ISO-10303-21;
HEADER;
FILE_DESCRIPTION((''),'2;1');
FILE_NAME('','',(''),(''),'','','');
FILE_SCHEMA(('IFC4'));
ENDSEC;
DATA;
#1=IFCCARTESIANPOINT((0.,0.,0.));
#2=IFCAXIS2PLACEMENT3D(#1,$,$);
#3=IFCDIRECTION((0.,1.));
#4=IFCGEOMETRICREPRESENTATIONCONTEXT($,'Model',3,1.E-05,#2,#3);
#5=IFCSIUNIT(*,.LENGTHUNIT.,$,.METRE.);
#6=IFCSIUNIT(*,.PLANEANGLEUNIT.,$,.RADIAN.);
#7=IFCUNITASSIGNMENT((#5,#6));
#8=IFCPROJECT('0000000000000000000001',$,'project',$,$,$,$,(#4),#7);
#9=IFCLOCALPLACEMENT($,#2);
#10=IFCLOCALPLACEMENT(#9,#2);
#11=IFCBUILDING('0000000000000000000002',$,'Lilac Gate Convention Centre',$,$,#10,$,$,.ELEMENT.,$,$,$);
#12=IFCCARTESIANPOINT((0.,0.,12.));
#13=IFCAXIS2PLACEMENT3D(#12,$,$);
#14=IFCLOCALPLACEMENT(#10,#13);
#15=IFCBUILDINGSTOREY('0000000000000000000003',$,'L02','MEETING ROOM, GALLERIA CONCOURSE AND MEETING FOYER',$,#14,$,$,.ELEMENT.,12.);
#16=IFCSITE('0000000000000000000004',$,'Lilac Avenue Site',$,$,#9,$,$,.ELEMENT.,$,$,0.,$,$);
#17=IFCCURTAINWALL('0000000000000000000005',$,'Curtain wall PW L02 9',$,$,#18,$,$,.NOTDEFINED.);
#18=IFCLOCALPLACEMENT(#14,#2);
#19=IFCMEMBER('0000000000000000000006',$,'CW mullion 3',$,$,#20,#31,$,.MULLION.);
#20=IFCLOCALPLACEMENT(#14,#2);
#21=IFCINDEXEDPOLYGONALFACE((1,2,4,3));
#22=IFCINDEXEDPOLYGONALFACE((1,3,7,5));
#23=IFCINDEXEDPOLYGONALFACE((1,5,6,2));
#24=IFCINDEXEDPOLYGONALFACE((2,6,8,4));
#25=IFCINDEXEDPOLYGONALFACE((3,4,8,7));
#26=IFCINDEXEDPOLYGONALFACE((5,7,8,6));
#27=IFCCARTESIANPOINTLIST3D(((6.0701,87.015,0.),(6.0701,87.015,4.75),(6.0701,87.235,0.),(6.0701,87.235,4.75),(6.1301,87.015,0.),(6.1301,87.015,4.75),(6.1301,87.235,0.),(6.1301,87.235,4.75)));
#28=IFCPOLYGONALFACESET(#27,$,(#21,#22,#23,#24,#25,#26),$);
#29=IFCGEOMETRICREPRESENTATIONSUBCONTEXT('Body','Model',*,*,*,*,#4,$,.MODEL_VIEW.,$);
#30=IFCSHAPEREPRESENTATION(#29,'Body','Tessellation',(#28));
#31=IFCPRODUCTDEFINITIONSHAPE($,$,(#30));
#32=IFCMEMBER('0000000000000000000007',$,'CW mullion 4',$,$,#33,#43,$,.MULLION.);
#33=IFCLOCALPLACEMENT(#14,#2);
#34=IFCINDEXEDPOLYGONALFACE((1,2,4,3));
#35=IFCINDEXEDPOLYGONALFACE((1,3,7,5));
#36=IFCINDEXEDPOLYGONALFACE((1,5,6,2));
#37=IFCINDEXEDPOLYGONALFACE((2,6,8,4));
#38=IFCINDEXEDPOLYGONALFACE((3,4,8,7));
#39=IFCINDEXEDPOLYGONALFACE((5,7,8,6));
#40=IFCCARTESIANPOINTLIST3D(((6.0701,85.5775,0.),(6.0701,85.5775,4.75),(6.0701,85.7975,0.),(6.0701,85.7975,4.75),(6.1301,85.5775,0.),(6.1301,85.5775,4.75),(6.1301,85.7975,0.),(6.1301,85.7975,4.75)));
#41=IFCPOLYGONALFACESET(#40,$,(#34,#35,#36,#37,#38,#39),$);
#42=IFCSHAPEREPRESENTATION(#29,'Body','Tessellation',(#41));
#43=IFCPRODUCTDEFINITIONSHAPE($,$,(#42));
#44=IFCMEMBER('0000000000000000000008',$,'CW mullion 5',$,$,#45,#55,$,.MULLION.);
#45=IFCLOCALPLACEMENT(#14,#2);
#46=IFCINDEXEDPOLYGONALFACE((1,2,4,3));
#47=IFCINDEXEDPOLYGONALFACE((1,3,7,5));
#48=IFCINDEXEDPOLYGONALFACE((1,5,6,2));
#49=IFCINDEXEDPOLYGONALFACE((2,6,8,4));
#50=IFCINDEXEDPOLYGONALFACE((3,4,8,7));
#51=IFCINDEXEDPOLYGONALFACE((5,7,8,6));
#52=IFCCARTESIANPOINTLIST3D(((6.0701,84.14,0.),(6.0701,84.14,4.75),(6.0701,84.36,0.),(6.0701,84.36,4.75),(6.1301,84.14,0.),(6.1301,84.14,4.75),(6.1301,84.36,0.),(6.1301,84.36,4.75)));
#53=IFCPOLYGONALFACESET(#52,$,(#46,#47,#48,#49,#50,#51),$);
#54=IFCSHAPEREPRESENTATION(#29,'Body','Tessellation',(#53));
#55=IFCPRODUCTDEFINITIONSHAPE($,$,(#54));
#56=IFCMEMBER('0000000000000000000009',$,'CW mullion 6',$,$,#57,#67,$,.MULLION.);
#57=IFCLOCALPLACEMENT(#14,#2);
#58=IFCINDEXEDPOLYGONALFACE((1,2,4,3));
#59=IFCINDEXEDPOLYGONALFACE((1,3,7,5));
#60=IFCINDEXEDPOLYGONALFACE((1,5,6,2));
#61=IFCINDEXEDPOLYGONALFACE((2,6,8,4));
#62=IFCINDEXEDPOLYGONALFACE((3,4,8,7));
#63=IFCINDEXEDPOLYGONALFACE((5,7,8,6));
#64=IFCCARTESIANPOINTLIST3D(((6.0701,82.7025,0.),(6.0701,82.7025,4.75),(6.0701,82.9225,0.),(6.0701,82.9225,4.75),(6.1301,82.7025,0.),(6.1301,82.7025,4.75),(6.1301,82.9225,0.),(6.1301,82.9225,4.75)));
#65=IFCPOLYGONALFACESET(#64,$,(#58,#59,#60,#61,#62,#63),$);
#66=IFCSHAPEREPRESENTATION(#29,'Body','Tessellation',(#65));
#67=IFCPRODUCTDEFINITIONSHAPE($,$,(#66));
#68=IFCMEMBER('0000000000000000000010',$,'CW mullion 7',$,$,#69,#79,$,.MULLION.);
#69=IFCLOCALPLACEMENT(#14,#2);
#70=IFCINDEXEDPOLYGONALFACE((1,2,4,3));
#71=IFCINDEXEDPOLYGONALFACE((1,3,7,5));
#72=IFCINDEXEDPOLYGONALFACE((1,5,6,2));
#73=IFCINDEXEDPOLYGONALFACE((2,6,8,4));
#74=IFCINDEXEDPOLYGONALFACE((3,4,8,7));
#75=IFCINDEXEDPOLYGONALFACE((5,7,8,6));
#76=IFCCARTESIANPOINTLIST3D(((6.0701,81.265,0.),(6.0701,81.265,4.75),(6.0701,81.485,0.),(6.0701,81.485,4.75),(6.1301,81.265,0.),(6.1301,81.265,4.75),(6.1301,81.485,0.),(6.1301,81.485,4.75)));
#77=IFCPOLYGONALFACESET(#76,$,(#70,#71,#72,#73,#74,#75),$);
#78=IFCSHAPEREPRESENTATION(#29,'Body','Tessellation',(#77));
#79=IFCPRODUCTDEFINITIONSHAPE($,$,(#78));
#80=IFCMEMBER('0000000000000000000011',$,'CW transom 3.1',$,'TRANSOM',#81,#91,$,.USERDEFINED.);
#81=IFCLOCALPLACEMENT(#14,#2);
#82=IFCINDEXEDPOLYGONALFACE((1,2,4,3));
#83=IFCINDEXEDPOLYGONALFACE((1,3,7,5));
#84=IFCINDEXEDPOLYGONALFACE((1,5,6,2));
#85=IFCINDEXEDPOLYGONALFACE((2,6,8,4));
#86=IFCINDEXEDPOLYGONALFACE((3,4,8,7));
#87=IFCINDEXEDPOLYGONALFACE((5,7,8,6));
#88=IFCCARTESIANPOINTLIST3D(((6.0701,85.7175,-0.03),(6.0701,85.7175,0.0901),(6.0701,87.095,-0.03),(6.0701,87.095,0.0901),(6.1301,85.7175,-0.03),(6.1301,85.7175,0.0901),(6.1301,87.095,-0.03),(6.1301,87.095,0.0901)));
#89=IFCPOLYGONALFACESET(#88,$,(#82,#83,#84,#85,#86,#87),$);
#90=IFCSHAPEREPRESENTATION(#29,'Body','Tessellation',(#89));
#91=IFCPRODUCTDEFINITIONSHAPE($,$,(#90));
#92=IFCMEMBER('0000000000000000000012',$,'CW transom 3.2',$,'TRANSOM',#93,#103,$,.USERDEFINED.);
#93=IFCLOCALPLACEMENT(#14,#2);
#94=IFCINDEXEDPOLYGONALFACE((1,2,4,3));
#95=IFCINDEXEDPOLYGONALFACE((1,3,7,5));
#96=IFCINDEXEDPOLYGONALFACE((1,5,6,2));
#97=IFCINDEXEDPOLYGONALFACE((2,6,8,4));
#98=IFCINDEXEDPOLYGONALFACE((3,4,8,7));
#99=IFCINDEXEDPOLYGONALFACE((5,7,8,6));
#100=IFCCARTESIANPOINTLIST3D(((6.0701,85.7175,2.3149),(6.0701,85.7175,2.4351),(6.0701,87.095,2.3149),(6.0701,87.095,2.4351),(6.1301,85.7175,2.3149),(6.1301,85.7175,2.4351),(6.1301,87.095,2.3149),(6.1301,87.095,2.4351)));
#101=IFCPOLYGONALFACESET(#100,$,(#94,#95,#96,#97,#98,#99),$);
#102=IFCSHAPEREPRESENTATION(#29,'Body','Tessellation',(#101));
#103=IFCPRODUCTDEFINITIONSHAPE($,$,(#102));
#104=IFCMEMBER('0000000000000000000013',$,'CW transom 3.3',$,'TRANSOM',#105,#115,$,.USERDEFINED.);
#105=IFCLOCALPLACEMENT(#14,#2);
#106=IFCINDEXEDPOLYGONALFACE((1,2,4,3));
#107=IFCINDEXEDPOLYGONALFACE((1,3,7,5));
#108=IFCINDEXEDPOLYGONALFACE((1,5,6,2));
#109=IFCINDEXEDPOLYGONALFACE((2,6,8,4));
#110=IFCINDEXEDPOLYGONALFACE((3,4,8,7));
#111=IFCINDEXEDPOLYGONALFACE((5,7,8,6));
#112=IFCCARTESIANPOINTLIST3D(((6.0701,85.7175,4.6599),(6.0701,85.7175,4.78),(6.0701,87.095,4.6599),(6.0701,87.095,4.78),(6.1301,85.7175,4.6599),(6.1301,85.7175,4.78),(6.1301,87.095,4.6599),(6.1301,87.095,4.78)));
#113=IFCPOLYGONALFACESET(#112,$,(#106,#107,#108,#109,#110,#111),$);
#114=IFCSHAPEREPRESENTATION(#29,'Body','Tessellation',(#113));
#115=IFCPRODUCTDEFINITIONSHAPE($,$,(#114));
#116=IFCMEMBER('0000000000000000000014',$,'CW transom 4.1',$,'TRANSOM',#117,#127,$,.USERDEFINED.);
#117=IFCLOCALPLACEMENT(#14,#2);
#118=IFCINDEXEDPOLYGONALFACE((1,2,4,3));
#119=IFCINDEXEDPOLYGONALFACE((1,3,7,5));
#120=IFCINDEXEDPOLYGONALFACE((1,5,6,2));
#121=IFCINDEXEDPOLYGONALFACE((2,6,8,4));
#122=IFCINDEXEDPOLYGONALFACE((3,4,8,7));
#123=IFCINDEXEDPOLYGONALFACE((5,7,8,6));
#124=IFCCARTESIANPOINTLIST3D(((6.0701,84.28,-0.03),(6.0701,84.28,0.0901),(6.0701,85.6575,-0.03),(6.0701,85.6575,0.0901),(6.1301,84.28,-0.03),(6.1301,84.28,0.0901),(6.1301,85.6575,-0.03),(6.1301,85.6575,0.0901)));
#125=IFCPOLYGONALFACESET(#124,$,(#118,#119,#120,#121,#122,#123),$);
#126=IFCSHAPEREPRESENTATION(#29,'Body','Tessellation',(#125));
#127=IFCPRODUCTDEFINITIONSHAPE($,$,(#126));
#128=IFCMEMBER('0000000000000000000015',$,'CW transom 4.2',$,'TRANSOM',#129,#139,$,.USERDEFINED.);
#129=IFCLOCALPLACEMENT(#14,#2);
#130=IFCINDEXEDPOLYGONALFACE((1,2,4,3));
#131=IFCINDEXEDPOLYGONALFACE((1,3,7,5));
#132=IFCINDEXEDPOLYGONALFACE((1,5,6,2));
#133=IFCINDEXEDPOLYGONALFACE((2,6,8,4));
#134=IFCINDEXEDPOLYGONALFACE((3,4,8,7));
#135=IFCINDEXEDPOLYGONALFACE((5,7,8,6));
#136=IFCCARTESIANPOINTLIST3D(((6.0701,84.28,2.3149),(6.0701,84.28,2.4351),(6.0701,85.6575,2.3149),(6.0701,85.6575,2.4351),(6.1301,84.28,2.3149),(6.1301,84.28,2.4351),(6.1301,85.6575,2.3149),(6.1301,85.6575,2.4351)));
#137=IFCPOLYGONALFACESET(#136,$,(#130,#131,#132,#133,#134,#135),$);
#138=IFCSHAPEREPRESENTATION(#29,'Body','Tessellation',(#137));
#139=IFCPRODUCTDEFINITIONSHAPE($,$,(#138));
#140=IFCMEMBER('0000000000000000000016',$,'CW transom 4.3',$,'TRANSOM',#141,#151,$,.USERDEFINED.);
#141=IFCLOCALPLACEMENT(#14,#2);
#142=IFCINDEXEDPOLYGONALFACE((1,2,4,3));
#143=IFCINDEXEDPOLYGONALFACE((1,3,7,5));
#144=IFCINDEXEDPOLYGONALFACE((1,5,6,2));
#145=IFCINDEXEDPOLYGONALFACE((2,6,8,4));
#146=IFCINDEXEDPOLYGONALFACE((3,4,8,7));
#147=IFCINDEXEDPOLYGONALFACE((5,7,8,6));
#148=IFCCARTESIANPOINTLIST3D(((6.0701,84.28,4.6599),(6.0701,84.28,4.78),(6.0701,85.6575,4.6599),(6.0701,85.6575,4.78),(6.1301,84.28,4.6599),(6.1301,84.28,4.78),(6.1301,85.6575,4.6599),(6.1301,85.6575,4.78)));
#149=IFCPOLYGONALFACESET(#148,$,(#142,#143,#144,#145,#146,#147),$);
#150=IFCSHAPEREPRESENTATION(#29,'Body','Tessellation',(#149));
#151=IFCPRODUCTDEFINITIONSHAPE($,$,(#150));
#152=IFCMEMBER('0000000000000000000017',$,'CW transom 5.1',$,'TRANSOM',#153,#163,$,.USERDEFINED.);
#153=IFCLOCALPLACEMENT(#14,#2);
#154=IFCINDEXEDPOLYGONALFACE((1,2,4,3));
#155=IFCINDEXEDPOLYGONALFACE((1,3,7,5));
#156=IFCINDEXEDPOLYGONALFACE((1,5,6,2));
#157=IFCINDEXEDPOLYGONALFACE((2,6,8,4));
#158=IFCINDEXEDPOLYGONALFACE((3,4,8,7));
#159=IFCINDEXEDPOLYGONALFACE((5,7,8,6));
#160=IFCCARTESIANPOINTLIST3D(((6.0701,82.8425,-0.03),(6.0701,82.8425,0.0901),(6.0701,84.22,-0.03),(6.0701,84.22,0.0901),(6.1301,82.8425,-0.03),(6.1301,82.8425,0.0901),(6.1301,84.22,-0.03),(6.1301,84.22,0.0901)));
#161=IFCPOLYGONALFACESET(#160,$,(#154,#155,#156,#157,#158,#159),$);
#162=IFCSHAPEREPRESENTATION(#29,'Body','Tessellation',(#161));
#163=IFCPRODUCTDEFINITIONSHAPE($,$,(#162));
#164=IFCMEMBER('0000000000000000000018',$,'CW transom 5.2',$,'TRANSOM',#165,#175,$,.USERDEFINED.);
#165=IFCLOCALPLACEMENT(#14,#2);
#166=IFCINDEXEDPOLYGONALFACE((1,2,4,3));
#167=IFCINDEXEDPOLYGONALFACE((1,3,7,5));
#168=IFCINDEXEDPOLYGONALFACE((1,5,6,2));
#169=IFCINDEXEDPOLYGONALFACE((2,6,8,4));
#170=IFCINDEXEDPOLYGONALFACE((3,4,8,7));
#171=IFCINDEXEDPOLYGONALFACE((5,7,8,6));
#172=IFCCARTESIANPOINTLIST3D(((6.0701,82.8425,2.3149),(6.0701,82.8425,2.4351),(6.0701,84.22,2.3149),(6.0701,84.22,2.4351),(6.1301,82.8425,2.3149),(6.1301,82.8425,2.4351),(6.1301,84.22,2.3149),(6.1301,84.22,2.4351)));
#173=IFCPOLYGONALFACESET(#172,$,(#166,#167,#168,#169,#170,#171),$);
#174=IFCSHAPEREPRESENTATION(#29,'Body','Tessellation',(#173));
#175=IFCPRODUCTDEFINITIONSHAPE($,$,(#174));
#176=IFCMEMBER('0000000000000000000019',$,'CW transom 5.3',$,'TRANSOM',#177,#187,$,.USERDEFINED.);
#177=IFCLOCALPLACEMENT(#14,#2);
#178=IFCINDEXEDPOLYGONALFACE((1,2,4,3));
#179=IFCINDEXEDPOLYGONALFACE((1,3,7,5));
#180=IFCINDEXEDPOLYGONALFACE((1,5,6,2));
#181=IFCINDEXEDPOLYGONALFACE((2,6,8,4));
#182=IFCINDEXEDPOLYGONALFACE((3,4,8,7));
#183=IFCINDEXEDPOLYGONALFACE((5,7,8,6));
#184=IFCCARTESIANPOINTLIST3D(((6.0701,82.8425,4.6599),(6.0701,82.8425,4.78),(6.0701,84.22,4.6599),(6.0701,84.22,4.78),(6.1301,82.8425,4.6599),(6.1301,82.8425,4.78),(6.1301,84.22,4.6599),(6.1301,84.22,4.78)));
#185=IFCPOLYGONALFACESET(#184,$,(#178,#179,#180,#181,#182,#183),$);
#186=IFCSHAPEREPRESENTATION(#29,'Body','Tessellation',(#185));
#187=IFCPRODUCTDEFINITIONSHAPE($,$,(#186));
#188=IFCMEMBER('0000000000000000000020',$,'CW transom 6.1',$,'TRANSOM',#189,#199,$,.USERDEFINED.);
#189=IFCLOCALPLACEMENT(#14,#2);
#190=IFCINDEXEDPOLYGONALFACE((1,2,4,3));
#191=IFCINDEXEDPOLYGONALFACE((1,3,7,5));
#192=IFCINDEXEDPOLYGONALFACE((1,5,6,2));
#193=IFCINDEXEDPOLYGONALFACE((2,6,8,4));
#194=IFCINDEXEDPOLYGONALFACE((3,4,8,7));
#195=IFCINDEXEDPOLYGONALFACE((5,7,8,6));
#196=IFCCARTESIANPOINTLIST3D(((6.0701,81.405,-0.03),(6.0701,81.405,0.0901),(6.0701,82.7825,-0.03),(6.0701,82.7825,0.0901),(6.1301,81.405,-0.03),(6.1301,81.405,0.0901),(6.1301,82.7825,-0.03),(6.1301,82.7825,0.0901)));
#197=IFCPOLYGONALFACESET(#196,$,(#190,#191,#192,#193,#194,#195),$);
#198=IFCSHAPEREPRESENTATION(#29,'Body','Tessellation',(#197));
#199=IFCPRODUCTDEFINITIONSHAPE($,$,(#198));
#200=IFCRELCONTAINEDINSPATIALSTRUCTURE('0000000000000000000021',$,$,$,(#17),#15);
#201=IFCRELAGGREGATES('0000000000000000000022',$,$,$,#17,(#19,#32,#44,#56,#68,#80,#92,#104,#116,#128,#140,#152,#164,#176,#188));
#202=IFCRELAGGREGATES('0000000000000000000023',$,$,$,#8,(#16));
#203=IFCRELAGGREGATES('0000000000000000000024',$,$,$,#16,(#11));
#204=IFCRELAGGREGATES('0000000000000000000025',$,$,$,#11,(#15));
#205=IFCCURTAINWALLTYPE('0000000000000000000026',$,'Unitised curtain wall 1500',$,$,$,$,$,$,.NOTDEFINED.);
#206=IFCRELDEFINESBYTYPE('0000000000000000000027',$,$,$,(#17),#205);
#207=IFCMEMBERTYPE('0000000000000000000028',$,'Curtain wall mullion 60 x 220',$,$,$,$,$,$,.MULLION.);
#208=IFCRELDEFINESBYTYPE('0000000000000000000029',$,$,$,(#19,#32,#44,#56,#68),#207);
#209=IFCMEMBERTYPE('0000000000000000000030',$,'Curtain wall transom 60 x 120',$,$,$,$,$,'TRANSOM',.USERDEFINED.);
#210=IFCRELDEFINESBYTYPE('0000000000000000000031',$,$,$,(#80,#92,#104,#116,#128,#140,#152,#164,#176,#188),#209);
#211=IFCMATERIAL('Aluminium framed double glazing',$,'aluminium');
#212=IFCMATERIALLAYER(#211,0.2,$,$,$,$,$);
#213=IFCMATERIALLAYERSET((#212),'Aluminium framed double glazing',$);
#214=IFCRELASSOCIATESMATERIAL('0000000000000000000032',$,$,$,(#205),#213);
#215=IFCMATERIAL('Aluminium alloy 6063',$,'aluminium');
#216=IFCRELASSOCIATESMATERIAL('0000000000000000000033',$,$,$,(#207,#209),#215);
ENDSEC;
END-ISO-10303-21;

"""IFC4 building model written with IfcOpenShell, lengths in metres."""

from ifc_helpers import new_model, si_unit, direction, frame, origin, origin_2d, place, context, subcontext, project, spatial, rectangle, extrude, material, layer, layer_set, material_profile, profile_set, type_object, element, aggregate, save


model = new_model("IFC4")

# Units and contexts
model_context = context("Model", 3, precision=1e-05, world=origin(), true_north=direction((0.0, 1.0)))
body_context = subcontext(model_context, "Body", "Model", "MODEL_VIEW")
ifc_project = project(units=[si_unit("LENGTHUNIT", "METRE"), si_unit("PLANEANGLEUNIT", "RADIAN")], contexts=[model_context])

# Site, building, storey
site_placement = place(None, origin())
site = spatial("IfcSite", under=ifc_project, at=site_placement, Name="Lilac Avenue Site", CompositionType="ELEMENT", RefElevation=0.0)
building_placement = place(site_placement, origin())
building = spatial("IfcBuilding", under=site, at=building_placement, Name="Lilac Gate Convention Centre", CompositionType="ELEMENT")
storey_placement = place(building_placement, frame((0.0, 0.0, 12.0)))
storey = spatial("IfcBuildingStorey", under=building, at=storey_placement, Name="L02", Description="MEETING ROOM, GALLERIA CONCOURSE AND MEETING FOYER", CompositionType="ELEMENT", Elevation=12.0)

# Curtain wall, members
ifc_material_1 = material(Name="Aluminium framed double glazing", Category="aluminium")
ifc_layer_1 = layer(ifc_material_1, 0.2)
ifc_layer_set_1 = layer_set([ifc_layer_1], Name="Aluminium framed double glazing")
curtain_wall_type = type_object("IfcCurtainWallType", Name="Unitised curtain wall 1500", PredefinedType="NOTDEFINED", material=ifc_layer_set_1)
curtain_wall_placement = place(storey_placement, origin())
curtain_wall = element("IfcCurtainWall", 1, at=curtain_wall_placement, inside=storey, type_object=curtain_wall_type, Name="Curtain wall PW L02 9", PredefinedType="NOTDEFINED")
ifc_material_2 = material(Name="Aluminium alloy 6063", Category="aluminium")
ifc_material_profile_1 = material_profile(ifc_material_2, rectangle(XDim=0.0601, YDim=0.22, at=origin_2d()), Name="Curtain wall mullion 60 x 220")
ifc_profile_set_1 = profile_set([ifc_material_profile_1], Name="Aluminium alloy 6063")
member_type_1 = type_object("IfcMemberType", Name="Curtain wall mullion 60 x 220", PredefinedType="MULLION", material=ifc_profile_set_1)
member_1_placement = place(storey_placement, frame((6.1001, 87.125, 0.0), z_axis=(0.0, 0.0, 1.0), x_axis=(1.0, 0.0, 0.0)))
member_1 = element("IfcMember", 2, at=member_1_placement, type_object=member_type_1, Name="CW mullion 3", PredefinedType="MULLION", context=body_context, shape_type="SweptSolid", body=[
    extrude(rectangle(XDim=0.0601, YDim=0.22, at=origin_2d()), origin(), (0.0, 0.0, 1.0), 4.75),
])
member_2_placement = place(storey_placement, frame((6.1001, 85.6875, 0.0), z_axis=(0.0, 0.0, 1.0), x_axis=(1.0, 0.0, 0.0)))
member_2 = element("IfcMember", 3, at=member_2_placement, type_object=member_type_1, Name="CW mullion 4", PredefinedType="MULLION", context=body_context, shape_type="SweptSolid", body=[
    extrude(rectangle(XDim=0.0601, YDim=0.22, at=origin_2d()), origin(), (0.0, 0.0, 1.0), 4.75),
])
member_3_placement = place(storey_placement, frame((6.1001, 84.25, 0.0), z_axis=(0.0, 0.0, 1.0), x_axis=(1.0, 0.0, 0.0)))
member_3 = element("IfcMember", 4, at=member_3_placement, type_object=member_type_1, Name="CW mullion 5", PredefinedType="MULLION", context=body_context, shape_type="SweptSolid", body=[
    extrude(rectangle(XDim=0.0601, YDim=0.22, at=origin_2d()), origin(), (0.0, 0.0, 1.0), 4.75),
])
member_4_placement = place(storey_placement, frame((6.1001, 82.8125, 0.0), z_axis=(0.0, 0.0, 1.0), x_axis=(1.0, 0.0, 0.0)))
member_4 = element("IfcMember", 5, at=member_4_placement, type_object=member_type_1, Name="CW mullion 6", PredefinedType="MULLION", context=body_context, shape_type="SweptSolid", body=[
    extrude(rectangle(XDim=0.0601, YDim=0.22, at=origin_2d()), origin(), (0.0, 0.0, 1.0), 4.75),
])
member_5_placement = place(storey_placement, frame((6.1001, 81.375, 0.0), z_axis=(0.0, 0.0, 1.0), x_axis=(1.0, 0.0, 0.0)))
member_5 = element("IfcMember", 6, at=member_5_placement, type_object=member_type_1, Name="CW mullion 7", PredefinedType="MULLION", context=body_context, shape_type="SweptSolid", body=[
    extrude(rectangle(XDim=0.0601, YDim=0.22, at=origin_2d()), origin(), (0.0, 0.0, 1.0), 4.75),
])
ifc_material_profile_2 = material_profile(ifc_material_2, rectangle(XDim=0.0601, YDim=0.1201, at=origin_2d()), Name="Curtain wall transom 60 x 120")
ifc_profile_set_2 = profile_set([ifc_material_profile_2], Name="Aluminium alloy 6063")
member_type_2 = type_object("IfcMemberType", Name="Curtain wall transom 60 x 120", ElementType="TRANSOM", PredefinedType="USERDEFINED", material=ifc_profile_set_2)
member_6_placement = place(storey_placement, frame((6.1001, 87.095, 0.03), z_axis=(0.0, -1.0, 0.0), x_axis=(1.0, 0.0, 0.0)))
member_6 = element("IfcMember", 7, at=member_6_placement, type_object=member_type_2, Name="CW transom 3.1", ObjectType="TRANSOM", PredefinedType="USERDEFINED", context=body_context, shape_type="SweptSolid", body=[
    extrude(rectangle(XDim=0.0601, YDim=0.1201, at=origin_2d()), origin(), (0.0, 0.0, 1.0), 1.3774),
])
member_7_placement = place(storey_placement, frame((6.1001, 87.095, 2.375), z_axis=(0.0, -1.0, 0.0), x_axis=(1.0, 0.0, 0.0)))
member_7 = element("IfcMember", 8, at=member_7_placement, type_object=member_type_2, Name="CW transom 3.2", ObjectType="TRANSOM", PredefinedType="USERDEFINED", context=body_context, shape_type="SweptSolid", body=[
    extrude(rectangle(XDim=0.0601, YDim=0.1201, at=origin_2d()), origin(), (0.0, 0.0, 1.0), 1.3774),
])
member_8_placement = place(storey_placement, frame((6.1001, 87.095, 4.72), z_axis=(0.0, -1.0, 0.0), x_axis=(1.0, 0.0, 0.0)))
member_8 = element("IfcMember", 9, at=member_8_placement, type_object=member_type_2, Name="CW transom 3.3", ObjectType="TRANSOM", PredefinedType="USERDEFINED", context=body_context, shape_type="SweptSolid", body=[
    extrude(rectangle(XDim=0.0601, YDim=0.1201, at=origin_2d()), origin(), (0.0, 0.0, 1.0), 1.3774),
])
member_9_placement = place(storey_placement, frame((6.1001, 85.6575, 0.03), z_axis=(0.0, -1.0, 0.0), x_axis=(1.0, 0.0, 0.0)))
member_9 = element("IfcMember", 10, at=member_9_placement, type_object=member_type_2, Name="CW transom 4.1", ObjectType="TRANSOM", PredefinedType="USERDEFINED", context=body_context, shape_type="SweptSolid", body=[
    extrude(rectangle(XDim=0.0601, YDim=0.1201, at=origin_2d()), origin(), (0.0, 0.0, 1.0), 1.3774),
])
member_10_placement = place(storey_placement, frame((6.1001, 85.6575, 2.375), z_axis=(0.0, -1.0, 0.0), x_axis=(1.0, 0.0, 0.0)))
member_10 = element("IfcMember", 11, at=member_10_placement, type_object=member_type_2, Name="CW transom 4.2", ObjectType="TRANSOM", PredefinedType="USERDEFINED", context=body_context, shape_type="SweptSolid", body=[
    extrude(rectangle(XDim=0.0601, YDim=0.1201, at=origin_2d()), origin(), (0.0, 0.0, 1.0), 1.3774),
])
member_11_placement = place(storey_placement, frame((6.1001, 85.6575, 4.72), z_axis=(0.0, -1.0, 0.0), x_axis=(1.0, 0.0, 0.0)))
member_11 = element("IfcMember", 12, at=member_11_placement, type_object=member_type_2, Name="CW transom 4.3", ObjectType="TRANSOM", PredefinedType="USERDEFINED", context=body_context, shape_type="SweptSolid", body=[
    extrude(rectangle(XDim=0.0601, YDim=0.1201, at=origin_2d()), origin(), (0.0, 0.0, 1.0), 1.3774),
])
member_12_placement = place(storey_placement, frame((6.1001, 84.22, 0.03), z_axis=(0.0, -1.0, 0.0), x_axis=(1.0, 0.0, 0.0)))
member_12 = element("IfcMember", 13, at=member_12_placement, type_object=member_type_2, Name="CW transom 5.1", ObjectType="TRANSOM", PredefinedType="USERDEFINED", context=body_context, shape_type="SweptSolid", body=[
    extrude(rectangle(XDim=0.0601, YDim=0.1201, at=origin_2d()), origin(), (0.0, 0.0, 1.0), 1.3774),
])
member_13_placement = place(storey_placement, frame((6.1001, 84.22, 2.375), z_axis=(0.0, -1.0, 0.0), x_axis=(1.0, 0.0, 0.0)))
member_13 = element("IfcMember", 14, at=member_13_placement, type_object=member_type_2, Name="CW transom 5.2", ObjectType="TRANSOM", PredefinedType="USERDEFINED", context=body_context, shape_type="SweptSolid", body=[
    extrude(rectangle(XDim=0.0601, YDim=0.1201, at=origin_2d()), origin(), (0.0, 0.0, 1.0), 1.3774),
])
member_14_placement = place(storey_placement, frame((6.1001, 84.22, 4.72), z_axis=(0.0, -1.0, 0.0), x_axis=(1.0, 0.0, 0.0)))
member_14 = element("IfcMember", 15, at=member_14_placement, type_object=member_type_2, Name="CW transom 5.3", ObjectType="TRANSOM", PredefinedType="USERDEFINED", context=body_context, shape_type="SweptSolid", body=[
    extrude(rectangle(XDim=0.0601, YDim=0.1201, at=origin_2d()), origin(), (0.0, 0.0, 1.0), 1.3774),
])
member_15_placement = place(storey_placement, frame((6.1001, 82.7825, 0.03), z_axis=(0.0, -1.0, 0.0), x_axis=(1.0, 0.0, 0.0)))
member_15 = element("IfcMember", 16, at=member_15_placement, type_object=member_type_2, Name="CW transom 6.1", ObjectType="TRANSOM", PredefinedType="USERDEFINED", context=body_context, shape_type="SweptSolid", body=[
    extrude(rectangle(XDim=0.0601, YDim=0.1201, at=origin_2d()), origin(), (0.0, 0.0, 1.0), 1.3774),
])
aggregate(curtain_wall, [member_1, member_2, member_3, member_4, member_5, member_6, member_7, member_8, member_9, member_10, member_11, member_12, member_13, member_14, member_15])

save(model, "model.ifc")
